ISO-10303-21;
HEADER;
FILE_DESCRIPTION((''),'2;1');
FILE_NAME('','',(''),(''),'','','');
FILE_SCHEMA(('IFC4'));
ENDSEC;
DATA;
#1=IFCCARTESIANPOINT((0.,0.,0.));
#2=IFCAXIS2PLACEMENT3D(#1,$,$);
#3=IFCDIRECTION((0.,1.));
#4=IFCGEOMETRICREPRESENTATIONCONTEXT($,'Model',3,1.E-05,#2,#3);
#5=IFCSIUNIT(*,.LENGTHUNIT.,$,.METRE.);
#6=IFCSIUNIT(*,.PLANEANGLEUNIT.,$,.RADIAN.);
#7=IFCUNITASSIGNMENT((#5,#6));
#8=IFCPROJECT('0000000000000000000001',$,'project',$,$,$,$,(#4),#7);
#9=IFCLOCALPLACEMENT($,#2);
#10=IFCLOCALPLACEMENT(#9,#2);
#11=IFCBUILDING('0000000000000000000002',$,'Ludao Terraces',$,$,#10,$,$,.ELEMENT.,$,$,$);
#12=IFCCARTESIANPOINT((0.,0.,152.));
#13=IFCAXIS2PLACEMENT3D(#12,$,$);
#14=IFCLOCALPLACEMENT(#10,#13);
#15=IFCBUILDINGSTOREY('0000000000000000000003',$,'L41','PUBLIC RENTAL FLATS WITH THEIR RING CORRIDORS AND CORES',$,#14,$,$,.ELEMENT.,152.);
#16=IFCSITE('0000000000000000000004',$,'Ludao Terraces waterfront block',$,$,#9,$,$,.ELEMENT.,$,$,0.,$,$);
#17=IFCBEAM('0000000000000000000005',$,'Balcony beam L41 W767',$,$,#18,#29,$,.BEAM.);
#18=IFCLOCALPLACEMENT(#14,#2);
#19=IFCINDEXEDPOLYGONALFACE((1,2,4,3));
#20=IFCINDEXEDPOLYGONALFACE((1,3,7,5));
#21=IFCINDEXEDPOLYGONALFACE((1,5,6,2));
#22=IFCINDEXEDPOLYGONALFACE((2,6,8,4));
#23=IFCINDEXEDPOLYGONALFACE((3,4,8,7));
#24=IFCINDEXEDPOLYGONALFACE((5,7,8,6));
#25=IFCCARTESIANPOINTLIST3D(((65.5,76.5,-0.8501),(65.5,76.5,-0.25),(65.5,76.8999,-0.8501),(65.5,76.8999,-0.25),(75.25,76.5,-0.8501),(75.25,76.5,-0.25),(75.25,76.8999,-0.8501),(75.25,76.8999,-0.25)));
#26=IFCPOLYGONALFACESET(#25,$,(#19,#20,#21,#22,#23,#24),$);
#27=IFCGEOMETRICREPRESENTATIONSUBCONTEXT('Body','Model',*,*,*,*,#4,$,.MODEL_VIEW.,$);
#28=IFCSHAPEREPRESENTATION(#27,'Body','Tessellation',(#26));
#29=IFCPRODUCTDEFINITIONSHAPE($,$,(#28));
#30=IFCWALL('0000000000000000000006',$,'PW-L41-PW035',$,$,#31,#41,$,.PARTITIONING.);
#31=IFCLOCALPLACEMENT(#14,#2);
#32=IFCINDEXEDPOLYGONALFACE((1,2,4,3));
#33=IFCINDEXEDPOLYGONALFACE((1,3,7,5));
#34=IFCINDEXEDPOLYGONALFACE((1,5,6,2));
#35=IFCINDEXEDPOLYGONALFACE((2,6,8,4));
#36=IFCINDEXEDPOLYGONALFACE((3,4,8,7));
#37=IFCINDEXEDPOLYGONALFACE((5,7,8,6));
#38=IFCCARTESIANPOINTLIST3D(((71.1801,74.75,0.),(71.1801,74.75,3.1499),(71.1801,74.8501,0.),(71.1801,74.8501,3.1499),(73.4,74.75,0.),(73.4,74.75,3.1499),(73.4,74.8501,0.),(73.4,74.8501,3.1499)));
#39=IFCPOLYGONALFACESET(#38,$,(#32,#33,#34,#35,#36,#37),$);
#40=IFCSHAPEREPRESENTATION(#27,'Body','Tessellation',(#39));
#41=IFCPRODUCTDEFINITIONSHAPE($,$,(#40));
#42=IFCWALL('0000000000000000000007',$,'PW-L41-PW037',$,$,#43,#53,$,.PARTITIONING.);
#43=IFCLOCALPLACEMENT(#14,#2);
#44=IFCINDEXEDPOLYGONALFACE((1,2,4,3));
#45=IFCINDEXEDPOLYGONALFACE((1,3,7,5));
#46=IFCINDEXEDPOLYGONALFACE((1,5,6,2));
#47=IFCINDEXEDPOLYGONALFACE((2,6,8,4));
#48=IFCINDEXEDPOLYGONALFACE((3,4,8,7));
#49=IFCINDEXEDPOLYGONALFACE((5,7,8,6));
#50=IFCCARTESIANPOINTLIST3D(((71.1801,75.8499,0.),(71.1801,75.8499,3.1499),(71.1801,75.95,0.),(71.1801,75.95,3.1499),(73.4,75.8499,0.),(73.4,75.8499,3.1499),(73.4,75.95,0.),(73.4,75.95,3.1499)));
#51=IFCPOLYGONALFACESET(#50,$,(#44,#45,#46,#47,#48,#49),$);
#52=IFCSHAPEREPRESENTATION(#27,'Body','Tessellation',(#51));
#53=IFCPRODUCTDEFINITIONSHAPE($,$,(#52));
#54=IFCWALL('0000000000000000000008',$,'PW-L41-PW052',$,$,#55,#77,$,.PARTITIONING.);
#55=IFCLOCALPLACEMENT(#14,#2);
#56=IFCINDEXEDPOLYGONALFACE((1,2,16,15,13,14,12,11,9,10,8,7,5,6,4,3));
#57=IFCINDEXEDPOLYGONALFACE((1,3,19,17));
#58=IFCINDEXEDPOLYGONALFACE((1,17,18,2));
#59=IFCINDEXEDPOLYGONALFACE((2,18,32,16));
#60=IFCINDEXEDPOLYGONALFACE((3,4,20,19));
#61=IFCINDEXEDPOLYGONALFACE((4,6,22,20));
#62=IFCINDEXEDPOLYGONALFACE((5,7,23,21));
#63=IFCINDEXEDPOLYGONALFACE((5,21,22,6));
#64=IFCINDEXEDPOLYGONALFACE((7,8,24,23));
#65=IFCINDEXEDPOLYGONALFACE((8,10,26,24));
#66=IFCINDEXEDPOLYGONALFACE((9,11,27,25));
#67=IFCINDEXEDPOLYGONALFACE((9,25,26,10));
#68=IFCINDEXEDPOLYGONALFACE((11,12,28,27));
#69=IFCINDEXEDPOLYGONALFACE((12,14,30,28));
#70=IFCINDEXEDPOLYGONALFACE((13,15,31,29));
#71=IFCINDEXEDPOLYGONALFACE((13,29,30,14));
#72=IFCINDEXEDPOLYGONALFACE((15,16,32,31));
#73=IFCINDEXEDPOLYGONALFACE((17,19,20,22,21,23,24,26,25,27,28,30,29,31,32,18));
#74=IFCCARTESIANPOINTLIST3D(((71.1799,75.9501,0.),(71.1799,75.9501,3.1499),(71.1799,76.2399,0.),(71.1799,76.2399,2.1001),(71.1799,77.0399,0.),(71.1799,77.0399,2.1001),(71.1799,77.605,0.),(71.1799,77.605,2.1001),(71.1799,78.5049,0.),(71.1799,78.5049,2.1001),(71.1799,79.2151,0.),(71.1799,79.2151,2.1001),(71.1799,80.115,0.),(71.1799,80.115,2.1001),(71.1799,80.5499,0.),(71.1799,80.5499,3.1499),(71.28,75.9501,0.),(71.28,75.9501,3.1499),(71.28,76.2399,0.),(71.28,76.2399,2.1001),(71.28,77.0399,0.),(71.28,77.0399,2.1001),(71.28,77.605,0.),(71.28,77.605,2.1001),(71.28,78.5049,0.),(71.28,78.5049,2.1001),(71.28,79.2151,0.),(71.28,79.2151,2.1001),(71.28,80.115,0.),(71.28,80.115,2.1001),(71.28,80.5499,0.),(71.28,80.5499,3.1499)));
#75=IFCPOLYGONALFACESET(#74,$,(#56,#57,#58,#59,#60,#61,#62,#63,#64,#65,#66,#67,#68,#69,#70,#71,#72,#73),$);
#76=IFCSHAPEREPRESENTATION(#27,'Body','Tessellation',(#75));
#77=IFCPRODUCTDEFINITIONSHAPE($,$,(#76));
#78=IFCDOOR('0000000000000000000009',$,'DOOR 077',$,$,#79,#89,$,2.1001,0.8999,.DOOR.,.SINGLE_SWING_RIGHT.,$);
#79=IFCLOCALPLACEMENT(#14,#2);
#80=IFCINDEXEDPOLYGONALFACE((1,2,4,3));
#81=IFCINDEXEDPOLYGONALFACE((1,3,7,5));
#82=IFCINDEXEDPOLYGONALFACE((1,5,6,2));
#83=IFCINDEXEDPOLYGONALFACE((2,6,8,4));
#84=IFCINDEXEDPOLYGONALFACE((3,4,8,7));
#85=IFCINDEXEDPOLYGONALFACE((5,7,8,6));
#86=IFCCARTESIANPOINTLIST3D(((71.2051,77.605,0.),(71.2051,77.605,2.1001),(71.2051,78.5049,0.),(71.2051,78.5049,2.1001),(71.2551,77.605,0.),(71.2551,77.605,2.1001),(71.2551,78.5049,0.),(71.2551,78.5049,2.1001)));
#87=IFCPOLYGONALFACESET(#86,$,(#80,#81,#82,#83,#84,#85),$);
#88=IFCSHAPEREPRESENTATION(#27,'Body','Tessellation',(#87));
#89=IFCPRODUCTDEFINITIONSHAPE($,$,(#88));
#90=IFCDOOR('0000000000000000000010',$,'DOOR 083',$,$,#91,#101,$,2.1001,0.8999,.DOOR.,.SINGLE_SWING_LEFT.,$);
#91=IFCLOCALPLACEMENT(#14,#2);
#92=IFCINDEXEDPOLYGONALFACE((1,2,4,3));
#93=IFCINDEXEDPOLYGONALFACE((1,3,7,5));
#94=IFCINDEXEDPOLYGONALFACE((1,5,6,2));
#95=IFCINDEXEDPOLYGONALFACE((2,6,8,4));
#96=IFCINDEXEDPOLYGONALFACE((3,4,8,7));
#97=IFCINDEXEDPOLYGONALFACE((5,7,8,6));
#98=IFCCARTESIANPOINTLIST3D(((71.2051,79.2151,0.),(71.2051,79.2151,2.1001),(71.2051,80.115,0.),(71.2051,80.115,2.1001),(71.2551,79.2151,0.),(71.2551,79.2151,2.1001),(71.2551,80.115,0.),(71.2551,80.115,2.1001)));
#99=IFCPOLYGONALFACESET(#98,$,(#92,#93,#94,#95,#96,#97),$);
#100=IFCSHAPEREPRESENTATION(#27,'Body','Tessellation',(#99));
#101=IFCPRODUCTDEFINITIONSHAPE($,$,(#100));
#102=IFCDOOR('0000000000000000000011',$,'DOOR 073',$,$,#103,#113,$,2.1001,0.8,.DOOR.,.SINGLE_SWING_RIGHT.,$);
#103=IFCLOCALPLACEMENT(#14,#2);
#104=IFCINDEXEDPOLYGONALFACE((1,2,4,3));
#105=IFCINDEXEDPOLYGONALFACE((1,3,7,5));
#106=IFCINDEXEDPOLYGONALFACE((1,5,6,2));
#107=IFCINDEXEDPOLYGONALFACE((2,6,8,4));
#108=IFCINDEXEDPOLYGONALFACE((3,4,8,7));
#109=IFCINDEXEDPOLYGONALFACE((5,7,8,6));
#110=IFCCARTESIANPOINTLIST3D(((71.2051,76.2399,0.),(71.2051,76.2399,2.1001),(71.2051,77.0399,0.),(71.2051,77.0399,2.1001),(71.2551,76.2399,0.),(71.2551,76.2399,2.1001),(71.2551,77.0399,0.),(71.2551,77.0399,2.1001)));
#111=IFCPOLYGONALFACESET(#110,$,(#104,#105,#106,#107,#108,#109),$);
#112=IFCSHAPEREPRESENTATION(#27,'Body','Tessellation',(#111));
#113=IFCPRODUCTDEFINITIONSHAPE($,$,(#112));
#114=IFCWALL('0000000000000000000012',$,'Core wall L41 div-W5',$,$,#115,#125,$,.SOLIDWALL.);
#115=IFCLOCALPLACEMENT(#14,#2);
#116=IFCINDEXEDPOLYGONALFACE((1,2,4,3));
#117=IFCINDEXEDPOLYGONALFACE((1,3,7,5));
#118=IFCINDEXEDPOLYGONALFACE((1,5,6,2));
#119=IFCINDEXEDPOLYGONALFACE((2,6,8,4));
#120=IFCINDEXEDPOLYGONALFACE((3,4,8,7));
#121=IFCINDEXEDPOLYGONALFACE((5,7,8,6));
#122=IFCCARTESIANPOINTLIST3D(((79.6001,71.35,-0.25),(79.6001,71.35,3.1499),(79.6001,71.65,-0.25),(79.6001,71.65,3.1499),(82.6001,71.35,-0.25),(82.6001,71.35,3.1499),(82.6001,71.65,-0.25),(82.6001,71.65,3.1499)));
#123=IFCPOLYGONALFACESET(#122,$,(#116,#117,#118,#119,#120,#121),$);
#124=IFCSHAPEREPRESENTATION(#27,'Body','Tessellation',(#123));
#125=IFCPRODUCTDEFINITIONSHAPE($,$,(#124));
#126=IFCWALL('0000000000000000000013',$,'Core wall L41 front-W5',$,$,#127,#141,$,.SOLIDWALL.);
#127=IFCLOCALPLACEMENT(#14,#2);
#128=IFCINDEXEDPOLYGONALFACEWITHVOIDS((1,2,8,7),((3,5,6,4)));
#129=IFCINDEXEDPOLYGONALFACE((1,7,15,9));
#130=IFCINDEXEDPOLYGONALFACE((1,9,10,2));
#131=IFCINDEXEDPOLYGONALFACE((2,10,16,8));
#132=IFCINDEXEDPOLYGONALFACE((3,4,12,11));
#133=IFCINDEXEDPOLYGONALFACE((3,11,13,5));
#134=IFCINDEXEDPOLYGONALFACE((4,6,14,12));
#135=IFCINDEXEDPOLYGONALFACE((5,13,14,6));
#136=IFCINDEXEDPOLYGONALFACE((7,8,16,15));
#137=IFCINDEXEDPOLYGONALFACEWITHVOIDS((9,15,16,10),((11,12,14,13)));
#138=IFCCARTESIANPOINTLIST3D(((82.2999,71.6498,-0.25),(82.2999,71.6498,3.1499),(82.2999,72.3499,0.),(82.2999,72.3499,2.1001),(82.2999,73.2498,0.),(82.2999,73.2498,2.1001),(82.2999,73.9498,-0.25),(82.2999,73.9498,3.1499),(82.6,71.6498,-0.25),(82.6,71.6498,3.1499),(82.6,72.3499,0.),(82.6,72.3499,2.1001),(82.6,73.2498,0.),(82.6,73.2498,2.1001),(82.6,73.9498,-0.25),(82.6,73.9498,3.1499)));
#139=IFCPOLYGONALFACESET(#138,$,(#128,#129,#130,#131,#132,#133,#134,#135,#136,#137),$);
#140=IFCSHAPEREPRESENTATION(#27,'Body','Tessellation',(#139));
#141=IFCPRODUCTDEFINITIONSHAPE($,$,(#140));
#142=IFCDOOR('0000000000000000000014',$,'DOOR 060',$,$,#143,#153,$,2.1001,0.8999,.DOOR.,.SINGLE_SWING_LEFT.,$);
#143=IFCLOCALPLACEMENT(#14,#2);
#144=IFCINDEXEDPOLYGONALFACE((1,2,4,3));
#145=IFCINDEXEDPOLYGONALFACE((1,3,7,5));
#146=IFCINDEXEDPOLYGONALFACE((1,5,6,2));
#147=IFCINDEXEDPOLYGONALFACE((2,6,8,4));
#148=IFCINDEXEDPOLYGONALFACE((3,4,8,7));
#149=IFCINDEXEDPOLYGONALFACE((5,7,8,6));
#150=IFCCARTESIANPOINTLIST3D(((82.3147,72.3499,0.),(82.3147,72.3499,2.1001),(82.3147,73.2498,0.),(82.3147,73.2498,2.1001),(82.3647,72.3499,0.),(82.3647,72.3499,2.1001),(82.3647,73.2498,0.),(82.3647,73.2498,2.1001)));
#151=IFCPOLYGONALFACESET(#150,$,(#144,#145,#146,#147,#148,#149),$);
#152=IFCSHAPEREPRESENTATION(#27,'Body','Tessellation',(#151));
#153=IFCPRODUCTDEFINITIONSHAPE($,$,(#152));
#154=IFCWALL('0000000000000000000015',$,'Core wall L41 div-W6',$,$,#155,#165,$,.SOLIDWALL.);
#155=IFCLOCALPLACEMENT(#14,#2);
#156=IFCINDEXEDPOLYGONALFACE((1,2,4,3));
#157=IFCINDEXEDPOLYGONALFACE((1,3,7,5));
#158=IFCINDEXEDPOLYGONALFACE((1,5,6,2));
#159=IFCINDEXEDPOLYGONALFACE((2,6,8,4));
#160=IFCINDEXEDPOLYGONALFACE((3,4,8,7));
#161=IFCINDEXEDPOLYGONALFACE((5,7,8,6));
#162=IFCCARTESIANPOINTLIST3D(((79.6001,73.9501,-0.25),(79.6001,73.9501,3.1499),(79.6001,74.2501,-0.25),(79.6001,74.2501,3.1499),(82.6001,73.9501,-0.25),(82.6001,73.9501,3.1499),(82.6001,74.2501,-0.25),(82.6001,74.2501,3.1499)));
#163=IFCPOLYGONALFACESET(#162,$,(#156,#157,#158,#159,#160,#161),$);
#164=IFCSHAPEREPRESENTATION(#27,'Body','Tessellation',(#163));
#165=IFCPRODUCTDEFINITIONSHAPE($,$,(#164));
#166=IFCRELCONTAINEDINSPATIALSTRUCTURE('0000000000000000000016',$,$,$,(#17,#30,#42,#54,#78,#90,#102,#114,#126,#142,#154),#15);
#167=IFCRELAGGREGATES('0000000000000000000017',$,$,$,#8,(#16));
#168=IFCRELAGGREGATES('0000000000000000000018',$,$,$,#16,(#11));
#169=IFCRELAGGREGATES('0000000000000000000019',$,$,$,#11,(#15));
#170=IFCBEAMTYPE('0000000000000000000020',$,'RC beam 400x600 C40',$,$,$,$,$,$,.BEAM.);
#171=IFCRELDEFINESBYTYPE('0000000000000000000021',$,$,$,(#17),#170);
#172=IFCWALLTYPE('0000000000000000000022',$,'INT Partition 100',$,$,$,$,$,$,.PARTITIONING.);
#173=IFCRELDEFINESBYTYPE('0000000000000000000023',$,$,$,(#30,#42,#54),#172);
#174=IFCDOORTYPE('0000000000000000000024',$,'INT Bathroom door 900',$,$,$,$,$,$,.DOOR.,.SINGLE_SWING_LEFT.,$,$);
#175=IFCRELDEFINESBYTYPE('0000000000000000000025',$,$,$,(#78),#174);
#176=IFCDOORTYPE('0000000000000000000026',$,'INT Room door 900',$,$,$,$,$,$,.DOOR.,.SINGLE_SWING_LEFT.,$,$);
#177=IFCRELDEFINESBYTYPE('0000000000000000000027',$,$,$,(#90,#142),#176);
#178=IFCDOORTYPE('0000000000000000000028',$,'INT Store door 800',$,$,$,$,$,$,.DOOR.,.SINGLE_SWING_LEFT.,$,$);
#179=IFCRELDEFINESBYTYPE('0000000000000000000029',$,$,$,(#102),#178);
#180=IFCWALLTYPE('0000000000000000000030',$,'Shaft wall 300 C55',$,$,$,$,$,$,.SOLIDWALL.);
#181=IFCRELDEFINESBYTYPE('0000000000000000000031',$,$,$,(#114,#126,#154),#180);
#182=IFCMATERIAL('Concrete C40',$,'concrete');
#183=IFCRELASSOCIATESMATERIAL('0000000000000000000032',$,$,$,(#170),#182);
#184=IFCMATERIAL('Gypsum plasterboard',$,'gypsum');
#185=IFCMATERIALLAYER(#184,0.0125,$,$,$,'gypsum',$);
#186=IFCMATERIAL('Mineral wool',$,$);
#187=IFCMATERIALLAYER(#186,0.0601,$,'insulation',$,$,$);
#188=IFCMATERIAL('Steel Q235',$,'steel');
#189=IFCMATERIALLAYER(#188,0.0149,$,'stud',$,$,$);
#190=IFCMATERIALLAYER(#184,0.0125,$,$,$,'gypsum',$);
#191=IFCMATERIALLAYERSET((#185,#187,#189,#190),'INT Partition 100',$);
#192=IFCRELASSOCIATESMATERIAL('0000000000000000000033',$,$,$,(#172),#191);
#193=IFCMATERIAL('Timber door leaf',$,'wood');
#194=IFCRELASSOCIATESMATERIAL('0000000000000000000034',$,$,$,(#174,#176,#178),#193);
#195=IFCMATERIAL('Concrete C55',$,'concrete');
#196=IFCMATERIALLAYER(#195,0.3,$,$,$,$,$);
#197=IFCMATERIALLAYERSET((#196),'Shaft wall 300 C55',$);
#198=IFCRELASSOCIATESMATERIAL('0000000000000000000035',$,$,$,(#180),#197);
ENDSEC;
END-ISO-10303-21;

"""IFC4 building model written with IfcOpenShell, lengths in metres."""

from ifc_helpers import new_model, si_unit, direction, frame, frame_2d, origin, origin_2d, place, context, subcontext, project, spatial, rectangle, extrude, material, layer, layer_set, material_profile, profile_set, type_object, element, fill, save


model = new_model("IFC4")

# Units and contexts
model_context = context("Model", 3, precision=1e-05, world=origin(), true_north=direction((0.0, 1.0)))
body_context = subcontext(model_context, "Body", "Model", "MODEL_VIEW")
ifc_project = project(units=[si_unit("LENGTHUNIT", "METRE"), si_unit("PLANEANGLEUNIT", "RADIAN")], contexts=[model_context])

# Site, building, storey
site_placement = place(None, origin())
site = spatial("IfcSite", under=ifc_project, at=site_placement, Name="Ludao Terraces waterfront block", CompositionType="ELEMENT", RefElevation=0.0)
building_placement = place(site_placement, origin())
building = spatial("IfcBuilding", under=site, at=building_placement, Name="Ludao Terraces", CompositionType="ELEMENT")
storey_placement = place(building_placement, frame((0.0, 0.0, 152.0)))
storey = spatial("IfcBuildingStorey", under=building, at=storey_placement, Name="L41", Description="PUBLIC RENTAL FLATS WITH THEIR RING CORRIDORS AND CORES", CompositionType="ELEMENT", Elevation=152.0)

# Beam
ifc_material_1 = material(Name="Concrete C40", Category="concrete")
ifc_material_profile = material_profile(ifc_material_1, rectangle(XDim=0.3999, YDim=0.6001, at=origin_2d()), Name="400 X 600")
ifc_profile_set = profile_set([ifc_material_profile], Name="Concrete C40")
beam_type = type_object("IfcBeamType", Name="RC beam 400x600 C40", PredefinedType="BEAM", material=ifc_profile_set)
beam_placement = place(storey_placement, frame((75.25, 76.7, -0.55), z_axis=(-1.0, 0.0, 0.0), x_axis=(0.0, -1.0, 0.0)))
element("IfcBeam", 1, at=beam_placement, inside=storey, type_object=beam_type, Name="Balcony beam L41 W767", PredefinedType="BEAM", context=body_context, shape_type="SweptSolid", body=[
    extrude(rectangle(XDim=0.3999, YDim=0.6001, at=origin_2d()), origin(), (0.0, 0.0, 1.0), 9.75),
])

# Walls
ifc_material_2 = material(Name="Gypsum plasterboard", Category="gypsum")
ifc_layer_1 = layer(ifc_material_2, 0.0125, Category="gypsum")
ifc_material_3 = material(Name="Mineral wool")
ifc_layer_2 = layer(ifc_material_3, 0.0601, Name="insulation")
ifc_material_4 = material(Name="Steel Q235", Category="steel")
ifc_layer_3 = layer(ifc_material_4, 0.0149, Name="stud")
ifc_layer_4 = layer(ifc_material_2, 0.0125, Category="gypsum")
ifc_layer_set_1 = layer_set([ifc_layer_1, ifc_layer_2, ifc_layer_3, ifc_layer_4], Name="INT Partition 100")
wall_type_1 = type_object("IfcWallType", Name="INT Partition 100", PredefinedType="PARTITIONING", material=ifc_layer_set_1)
for number, where, z_axis, x_axis, name in (
    (2, (71.1802, 74.8, 0.0), (0.0, 0.0, 1.0), (1.0, 0.0, 0.0), "PW-L41-PW035"),
    (3, (71.1802, 75.8999, 0.0), (0.0, 0.0, 1.0), (1.0, 0.0, 0.0), "PW-L41-PW037"),
):
    element("IfcWall", number, at=place(storey_placement, frame(where, z_axis=z_axis, x_axis=x_axis)), inside=storey, type_object=wall_type_1, Name=name, PredefinedType="PARTITIONING", context=body_context, shape_type="SweptSolid", body=[
        extrude(rectangle(XDim=2.22, YDim=0.1001, at=frame_2d((1.1099, 0.0))), origin(), (0.0, 0.0, 1.0), 3.1499),
    ])

# Wall, openings, doors
wall_1_placement = place(storey_placement, frame((71.23, 75.9502, 0.0), z_axis=(0.0, 0.0, 1.0), x_axis=(0.0, 1.0, 0.0)))
wall_1 = element("IfcWall", 4, at=wall_1_placement, inside=storey, type_object=wall_type_1, Name="PW-L41-PW052", PredefinedType="PARTITIONING", context=body_context, shape_type="SweptSolid", body=[
    extrude(rectangle(XDim=4.5999, YDim=0.1001, at=frame_2d((2.2998, 0.0))), origin(), (0.0, 0.0, 1.0), 3.1499),
])
opening_1_placement = place(wall_1_placement, frame((0.2898, 0.0, 0.0)))
opening_1 = element("IfcOpeningElement", 5, at=opening_1_placement, cuts=wall_1, PredefinedType="OPENING", context=body_context, shape_type="SweptSolid", body=[
    extrude(rectangle(XDim=0.8, YDim=2.1001, at=frame_2d((0.3999, 1.05))), frame((0.0, 0.0601, 0.0), z_axis=(0.0, -1.0, 0.0), x_axis=(1.0, 0.0, 0.0)), (0.0, 0.0, 1.0), 0.1201),
])
opening_2_placement = place(wall_1_placement, frame((1.6548, 0.0, 0.0)))
opening_2 = element("IfcOpeningElement", 6, at=opening_2_placement, cuts=wall_1, PredefinedType="OPENING", context=body_context, shape_type="SweptSolid", body=[
    extrude(rectangle(XDim=0.8999, YDim=2.1001, at=frame_2d((0.45, 1.05))), frame((0.0, 0.0601, 0.0), z_axis=(0.0, -1.0, 0.0), x_axis=(1.0, 0.0, 0.0)), (0.0, 0.0, 1.0), 0.1201),
])
opening_3_placement = place(wall_1_placement, frame((3.2649, 0.0, 0.0)))
opening_3 = element("IfcOpeningElement", 7, at=opening_3_placement, cuts=wall_1, PredefinedType="OPENING", context=body_context, shape_type="SweptSolid", body=[
    extrude(rectangle(XDim=0.8999, YDim=2.1001, at=frame_2d((0.45, 1.05))), frame((0.0, 0.0601, 0.0), z_axis=(0.0, -1.0, 0.0), x_axis=(1.0, 0.0, 0.0)), (0.0, 0.0, 1.0), 0.1201),
])
ifc_material_5 = material(Name="Timber door leaf", Category="wood")
door_type_1 = type_object("IfcDoorType", Name="INT Bathroom door 900", OperationType="SINGLE_SWING_LEFT", PredefinedType="DOOR", material=ifc_material_5)
door_1_placement = place(opening_2_placement, origin())
door_1 = element("IfcDoor", 8, at=door_1_placement, inside=storey, type_object=door_type_1, Name="DOOR 077", OperationType="SINGLE_SWING_RIGHT", OverallHeight=2.1001, OverallWidth=0.8999, PredefinedType="DOOR", context=body_context, shape_type="SweptSolid", body=[
    extrude(rectangle(XDim=0.8999, YDim=2.1001, at=frame_2d((0.45, 1.05))), frame((0.0, 0.0249, 0.0), z_axis=(0.0, -1.0, 0.0), x_axis=(1.0, 0.0, 0.0)), (0.0, 0.0, 1.0), 0.05),
])
fill(opening_2, door_1)
door_type_2 = type_object("IfcDoorType", Name="INT Room door 900", OperationType="SINGLE_SWING_LEFT", PredefinedType="DOOR", material=ifc_material_5)
door_2_placement = place(opening_3_placement, origin())
door_2 = element("IfcDoor", 9, at=door_2_placement, inside=storey, type_object=door_type_2, Name="DOOR 083", OperationType="SINGLE_SWING_LEFT", OverallHeight=2.1001, OverallWidth=0.8999, PredefinedType="DOOR", context=body_context, shape_type="SweptSolid", body=[
    extrude(rectangle(XDim=0.8999, YDim=2.1001, at=frame_2d((0.45, 1.05))), frame((0.0, 0.0249, 0.0), z_axis=(0.0, -1.0, 0.0), x_axis=(1.0, 0.0, 0.0)), (0.0, 0.0, 1.0), 0.05),
])
fill(opening_3, door_2)
door_type_3 = type_object("IfcDoorType", Name="INT Store door 800", OperationType="SINGLE_SWING_LEFT", PredefinedType="DOOR", material=ifc_material_5)
door_3_placement = place(opening_1_placement, origin())
door_3 = element("IfcDoor", 10, at=door_3_placement, inside=storey, type_object=door_type_3, Name="DOOR 073", OperationType="SINGLE_SWING_RIGHT", OverallHeight=2.1001, OverallWidth=0.8, PredefinedType="DOOR", context=body_context, shape_type="SweptSolid", body=[
    extrude(rectangle(XDim=0.8, YDim=2.1001, at=frame_2d((0.3999, 1.05))), frame((0.0, 0.0249, 0.0), z_axis=(0.0, -1.0, 0.0), x_axis=(1.0, 0.0, 0.0)), (0.0, 0.0, 1.0), 0.05),
])
fill(opening_1, door_3)

# Wall
ifc_material_6 = material(Name="Concrete C55", Category="concrete")
ifc_layer_5 = layer(ifc_material_6, 0.3)
ifc_layer_set_2 = layer_set([ifc_layer_5], Name="Shaft wall 300 C55")
wall_type_2 = type_object("IfcWallType", Name="Shaft wall 300 C55", PredefinedType="SOLIDWALL", material=ifc_layer_set_2)
wall_2_placement = place(storey_placement, frame((79.6001, 71.5, -0.25), z_axis=(0.0, 0.0, 1.0), x_axis=(1.0, 0.0, 0.0)))
element("IfcWall", 11, at=wall_2_placement, inside=storey, type_object=wall_type_2, Name="Core wall L41 div-W5", PredefinedType="SOLIDWALL", context=body_context, shape_type="SweptSolid", body=[
    extrude(rectangle(XDim=3.0, YDim=0.3, at=frame_2d((1.5, 0.0))), origin(), (0.0, 0.0, 1.0), 3.3999),
])

# Wall, opening, door
wall_3_placement = place(storey_placement, frame((82.45, 71.6499, -0.25), z_axis=(0.0, 0.0, 1.0), x_axis=(0.0, 1.0, 0.0)))
wall_3 = element("IfcWall", 12, at=wall_3_placement, inside=storey, type_object=wall_type_2, Name="Core wall L41 front-W5", PredefinedType="SOLIDWALL", context=body_context, shape_type="SweptSolid", body=[
    extrude(rectangle(XDim=2.3, YDim=0.3, at=frame_2d((1.1499, 0.0))), origin(), (0.0, 0.0, 1.0), 3.3999),
])
opening_4_placement = place(wall_3_placement, frame((0.7, 0.0, 0.25)))
opening_4 = element("IfcOpeningElement", 13, at=opening_4_placement, cuts=wall_3, PredefinedType="OPENING", context=body_context, shape_type="SweptSolid", body=[
    extrude(rectangle(XDim=0.8999, YDim=2.1001, at=frame_2d((0.45, 1.05))), frame((0.0, 0.1602, 0.0), z_axis=(0.0, -1.0, 0.0), x_axis=(1.0, 0.0, 0.0)), (0.0, 0.0, 1.0), 0.3201),
])
door_4_placement = place(opening_4_placement, origin())
door_4 = element("IfcDoor", 14, at=door_4_placement, inside=storey, type_object=door_type_2, Name="DOOR 060", OperationType="SINGLE_SWING_LEFT", OverallHeight=2.1001, OverallWidth=0.8999, PredefinedType="DOOR", context=body_context, shape_type="SweptSolid", body=[
    extrude(rectangle(XDim=0.8999, YDim=2.1001, at=frame_2d((0.45, 1.05))), frame((0.0, 0.1353, 0.0), z_axis=(0.0, -1.0, 0.0), x_axis=(1.0, 0.0, 0.0)), (0.0, 0.0, 1.0), 0.05),
])
fill(opening_4, door_4)

# Wall
wall_4_placement = place(storey_placement, frame((79.6001, 74.1001, -0.25), z_axis=(0.0, 0.0, 1.0), x_axis=(1.0, 0.0, 0.0)))
element("IfcWall", 15, at=wall_4_placement, inside=storey, type_object=wall_type_2, Name="Core wall L41 div-W6", PredefinedType="SOLIDWALL", context=body_context, shape_type="SweptSolid", body=[
    extrude(rectangle(XDim=3.0, YDim=0.3, at=frame_2d((1.5, 0.0))), origin(), (0.0, 0.0, 1.0), 3.3999),
])

save(model, "model.ifc")
